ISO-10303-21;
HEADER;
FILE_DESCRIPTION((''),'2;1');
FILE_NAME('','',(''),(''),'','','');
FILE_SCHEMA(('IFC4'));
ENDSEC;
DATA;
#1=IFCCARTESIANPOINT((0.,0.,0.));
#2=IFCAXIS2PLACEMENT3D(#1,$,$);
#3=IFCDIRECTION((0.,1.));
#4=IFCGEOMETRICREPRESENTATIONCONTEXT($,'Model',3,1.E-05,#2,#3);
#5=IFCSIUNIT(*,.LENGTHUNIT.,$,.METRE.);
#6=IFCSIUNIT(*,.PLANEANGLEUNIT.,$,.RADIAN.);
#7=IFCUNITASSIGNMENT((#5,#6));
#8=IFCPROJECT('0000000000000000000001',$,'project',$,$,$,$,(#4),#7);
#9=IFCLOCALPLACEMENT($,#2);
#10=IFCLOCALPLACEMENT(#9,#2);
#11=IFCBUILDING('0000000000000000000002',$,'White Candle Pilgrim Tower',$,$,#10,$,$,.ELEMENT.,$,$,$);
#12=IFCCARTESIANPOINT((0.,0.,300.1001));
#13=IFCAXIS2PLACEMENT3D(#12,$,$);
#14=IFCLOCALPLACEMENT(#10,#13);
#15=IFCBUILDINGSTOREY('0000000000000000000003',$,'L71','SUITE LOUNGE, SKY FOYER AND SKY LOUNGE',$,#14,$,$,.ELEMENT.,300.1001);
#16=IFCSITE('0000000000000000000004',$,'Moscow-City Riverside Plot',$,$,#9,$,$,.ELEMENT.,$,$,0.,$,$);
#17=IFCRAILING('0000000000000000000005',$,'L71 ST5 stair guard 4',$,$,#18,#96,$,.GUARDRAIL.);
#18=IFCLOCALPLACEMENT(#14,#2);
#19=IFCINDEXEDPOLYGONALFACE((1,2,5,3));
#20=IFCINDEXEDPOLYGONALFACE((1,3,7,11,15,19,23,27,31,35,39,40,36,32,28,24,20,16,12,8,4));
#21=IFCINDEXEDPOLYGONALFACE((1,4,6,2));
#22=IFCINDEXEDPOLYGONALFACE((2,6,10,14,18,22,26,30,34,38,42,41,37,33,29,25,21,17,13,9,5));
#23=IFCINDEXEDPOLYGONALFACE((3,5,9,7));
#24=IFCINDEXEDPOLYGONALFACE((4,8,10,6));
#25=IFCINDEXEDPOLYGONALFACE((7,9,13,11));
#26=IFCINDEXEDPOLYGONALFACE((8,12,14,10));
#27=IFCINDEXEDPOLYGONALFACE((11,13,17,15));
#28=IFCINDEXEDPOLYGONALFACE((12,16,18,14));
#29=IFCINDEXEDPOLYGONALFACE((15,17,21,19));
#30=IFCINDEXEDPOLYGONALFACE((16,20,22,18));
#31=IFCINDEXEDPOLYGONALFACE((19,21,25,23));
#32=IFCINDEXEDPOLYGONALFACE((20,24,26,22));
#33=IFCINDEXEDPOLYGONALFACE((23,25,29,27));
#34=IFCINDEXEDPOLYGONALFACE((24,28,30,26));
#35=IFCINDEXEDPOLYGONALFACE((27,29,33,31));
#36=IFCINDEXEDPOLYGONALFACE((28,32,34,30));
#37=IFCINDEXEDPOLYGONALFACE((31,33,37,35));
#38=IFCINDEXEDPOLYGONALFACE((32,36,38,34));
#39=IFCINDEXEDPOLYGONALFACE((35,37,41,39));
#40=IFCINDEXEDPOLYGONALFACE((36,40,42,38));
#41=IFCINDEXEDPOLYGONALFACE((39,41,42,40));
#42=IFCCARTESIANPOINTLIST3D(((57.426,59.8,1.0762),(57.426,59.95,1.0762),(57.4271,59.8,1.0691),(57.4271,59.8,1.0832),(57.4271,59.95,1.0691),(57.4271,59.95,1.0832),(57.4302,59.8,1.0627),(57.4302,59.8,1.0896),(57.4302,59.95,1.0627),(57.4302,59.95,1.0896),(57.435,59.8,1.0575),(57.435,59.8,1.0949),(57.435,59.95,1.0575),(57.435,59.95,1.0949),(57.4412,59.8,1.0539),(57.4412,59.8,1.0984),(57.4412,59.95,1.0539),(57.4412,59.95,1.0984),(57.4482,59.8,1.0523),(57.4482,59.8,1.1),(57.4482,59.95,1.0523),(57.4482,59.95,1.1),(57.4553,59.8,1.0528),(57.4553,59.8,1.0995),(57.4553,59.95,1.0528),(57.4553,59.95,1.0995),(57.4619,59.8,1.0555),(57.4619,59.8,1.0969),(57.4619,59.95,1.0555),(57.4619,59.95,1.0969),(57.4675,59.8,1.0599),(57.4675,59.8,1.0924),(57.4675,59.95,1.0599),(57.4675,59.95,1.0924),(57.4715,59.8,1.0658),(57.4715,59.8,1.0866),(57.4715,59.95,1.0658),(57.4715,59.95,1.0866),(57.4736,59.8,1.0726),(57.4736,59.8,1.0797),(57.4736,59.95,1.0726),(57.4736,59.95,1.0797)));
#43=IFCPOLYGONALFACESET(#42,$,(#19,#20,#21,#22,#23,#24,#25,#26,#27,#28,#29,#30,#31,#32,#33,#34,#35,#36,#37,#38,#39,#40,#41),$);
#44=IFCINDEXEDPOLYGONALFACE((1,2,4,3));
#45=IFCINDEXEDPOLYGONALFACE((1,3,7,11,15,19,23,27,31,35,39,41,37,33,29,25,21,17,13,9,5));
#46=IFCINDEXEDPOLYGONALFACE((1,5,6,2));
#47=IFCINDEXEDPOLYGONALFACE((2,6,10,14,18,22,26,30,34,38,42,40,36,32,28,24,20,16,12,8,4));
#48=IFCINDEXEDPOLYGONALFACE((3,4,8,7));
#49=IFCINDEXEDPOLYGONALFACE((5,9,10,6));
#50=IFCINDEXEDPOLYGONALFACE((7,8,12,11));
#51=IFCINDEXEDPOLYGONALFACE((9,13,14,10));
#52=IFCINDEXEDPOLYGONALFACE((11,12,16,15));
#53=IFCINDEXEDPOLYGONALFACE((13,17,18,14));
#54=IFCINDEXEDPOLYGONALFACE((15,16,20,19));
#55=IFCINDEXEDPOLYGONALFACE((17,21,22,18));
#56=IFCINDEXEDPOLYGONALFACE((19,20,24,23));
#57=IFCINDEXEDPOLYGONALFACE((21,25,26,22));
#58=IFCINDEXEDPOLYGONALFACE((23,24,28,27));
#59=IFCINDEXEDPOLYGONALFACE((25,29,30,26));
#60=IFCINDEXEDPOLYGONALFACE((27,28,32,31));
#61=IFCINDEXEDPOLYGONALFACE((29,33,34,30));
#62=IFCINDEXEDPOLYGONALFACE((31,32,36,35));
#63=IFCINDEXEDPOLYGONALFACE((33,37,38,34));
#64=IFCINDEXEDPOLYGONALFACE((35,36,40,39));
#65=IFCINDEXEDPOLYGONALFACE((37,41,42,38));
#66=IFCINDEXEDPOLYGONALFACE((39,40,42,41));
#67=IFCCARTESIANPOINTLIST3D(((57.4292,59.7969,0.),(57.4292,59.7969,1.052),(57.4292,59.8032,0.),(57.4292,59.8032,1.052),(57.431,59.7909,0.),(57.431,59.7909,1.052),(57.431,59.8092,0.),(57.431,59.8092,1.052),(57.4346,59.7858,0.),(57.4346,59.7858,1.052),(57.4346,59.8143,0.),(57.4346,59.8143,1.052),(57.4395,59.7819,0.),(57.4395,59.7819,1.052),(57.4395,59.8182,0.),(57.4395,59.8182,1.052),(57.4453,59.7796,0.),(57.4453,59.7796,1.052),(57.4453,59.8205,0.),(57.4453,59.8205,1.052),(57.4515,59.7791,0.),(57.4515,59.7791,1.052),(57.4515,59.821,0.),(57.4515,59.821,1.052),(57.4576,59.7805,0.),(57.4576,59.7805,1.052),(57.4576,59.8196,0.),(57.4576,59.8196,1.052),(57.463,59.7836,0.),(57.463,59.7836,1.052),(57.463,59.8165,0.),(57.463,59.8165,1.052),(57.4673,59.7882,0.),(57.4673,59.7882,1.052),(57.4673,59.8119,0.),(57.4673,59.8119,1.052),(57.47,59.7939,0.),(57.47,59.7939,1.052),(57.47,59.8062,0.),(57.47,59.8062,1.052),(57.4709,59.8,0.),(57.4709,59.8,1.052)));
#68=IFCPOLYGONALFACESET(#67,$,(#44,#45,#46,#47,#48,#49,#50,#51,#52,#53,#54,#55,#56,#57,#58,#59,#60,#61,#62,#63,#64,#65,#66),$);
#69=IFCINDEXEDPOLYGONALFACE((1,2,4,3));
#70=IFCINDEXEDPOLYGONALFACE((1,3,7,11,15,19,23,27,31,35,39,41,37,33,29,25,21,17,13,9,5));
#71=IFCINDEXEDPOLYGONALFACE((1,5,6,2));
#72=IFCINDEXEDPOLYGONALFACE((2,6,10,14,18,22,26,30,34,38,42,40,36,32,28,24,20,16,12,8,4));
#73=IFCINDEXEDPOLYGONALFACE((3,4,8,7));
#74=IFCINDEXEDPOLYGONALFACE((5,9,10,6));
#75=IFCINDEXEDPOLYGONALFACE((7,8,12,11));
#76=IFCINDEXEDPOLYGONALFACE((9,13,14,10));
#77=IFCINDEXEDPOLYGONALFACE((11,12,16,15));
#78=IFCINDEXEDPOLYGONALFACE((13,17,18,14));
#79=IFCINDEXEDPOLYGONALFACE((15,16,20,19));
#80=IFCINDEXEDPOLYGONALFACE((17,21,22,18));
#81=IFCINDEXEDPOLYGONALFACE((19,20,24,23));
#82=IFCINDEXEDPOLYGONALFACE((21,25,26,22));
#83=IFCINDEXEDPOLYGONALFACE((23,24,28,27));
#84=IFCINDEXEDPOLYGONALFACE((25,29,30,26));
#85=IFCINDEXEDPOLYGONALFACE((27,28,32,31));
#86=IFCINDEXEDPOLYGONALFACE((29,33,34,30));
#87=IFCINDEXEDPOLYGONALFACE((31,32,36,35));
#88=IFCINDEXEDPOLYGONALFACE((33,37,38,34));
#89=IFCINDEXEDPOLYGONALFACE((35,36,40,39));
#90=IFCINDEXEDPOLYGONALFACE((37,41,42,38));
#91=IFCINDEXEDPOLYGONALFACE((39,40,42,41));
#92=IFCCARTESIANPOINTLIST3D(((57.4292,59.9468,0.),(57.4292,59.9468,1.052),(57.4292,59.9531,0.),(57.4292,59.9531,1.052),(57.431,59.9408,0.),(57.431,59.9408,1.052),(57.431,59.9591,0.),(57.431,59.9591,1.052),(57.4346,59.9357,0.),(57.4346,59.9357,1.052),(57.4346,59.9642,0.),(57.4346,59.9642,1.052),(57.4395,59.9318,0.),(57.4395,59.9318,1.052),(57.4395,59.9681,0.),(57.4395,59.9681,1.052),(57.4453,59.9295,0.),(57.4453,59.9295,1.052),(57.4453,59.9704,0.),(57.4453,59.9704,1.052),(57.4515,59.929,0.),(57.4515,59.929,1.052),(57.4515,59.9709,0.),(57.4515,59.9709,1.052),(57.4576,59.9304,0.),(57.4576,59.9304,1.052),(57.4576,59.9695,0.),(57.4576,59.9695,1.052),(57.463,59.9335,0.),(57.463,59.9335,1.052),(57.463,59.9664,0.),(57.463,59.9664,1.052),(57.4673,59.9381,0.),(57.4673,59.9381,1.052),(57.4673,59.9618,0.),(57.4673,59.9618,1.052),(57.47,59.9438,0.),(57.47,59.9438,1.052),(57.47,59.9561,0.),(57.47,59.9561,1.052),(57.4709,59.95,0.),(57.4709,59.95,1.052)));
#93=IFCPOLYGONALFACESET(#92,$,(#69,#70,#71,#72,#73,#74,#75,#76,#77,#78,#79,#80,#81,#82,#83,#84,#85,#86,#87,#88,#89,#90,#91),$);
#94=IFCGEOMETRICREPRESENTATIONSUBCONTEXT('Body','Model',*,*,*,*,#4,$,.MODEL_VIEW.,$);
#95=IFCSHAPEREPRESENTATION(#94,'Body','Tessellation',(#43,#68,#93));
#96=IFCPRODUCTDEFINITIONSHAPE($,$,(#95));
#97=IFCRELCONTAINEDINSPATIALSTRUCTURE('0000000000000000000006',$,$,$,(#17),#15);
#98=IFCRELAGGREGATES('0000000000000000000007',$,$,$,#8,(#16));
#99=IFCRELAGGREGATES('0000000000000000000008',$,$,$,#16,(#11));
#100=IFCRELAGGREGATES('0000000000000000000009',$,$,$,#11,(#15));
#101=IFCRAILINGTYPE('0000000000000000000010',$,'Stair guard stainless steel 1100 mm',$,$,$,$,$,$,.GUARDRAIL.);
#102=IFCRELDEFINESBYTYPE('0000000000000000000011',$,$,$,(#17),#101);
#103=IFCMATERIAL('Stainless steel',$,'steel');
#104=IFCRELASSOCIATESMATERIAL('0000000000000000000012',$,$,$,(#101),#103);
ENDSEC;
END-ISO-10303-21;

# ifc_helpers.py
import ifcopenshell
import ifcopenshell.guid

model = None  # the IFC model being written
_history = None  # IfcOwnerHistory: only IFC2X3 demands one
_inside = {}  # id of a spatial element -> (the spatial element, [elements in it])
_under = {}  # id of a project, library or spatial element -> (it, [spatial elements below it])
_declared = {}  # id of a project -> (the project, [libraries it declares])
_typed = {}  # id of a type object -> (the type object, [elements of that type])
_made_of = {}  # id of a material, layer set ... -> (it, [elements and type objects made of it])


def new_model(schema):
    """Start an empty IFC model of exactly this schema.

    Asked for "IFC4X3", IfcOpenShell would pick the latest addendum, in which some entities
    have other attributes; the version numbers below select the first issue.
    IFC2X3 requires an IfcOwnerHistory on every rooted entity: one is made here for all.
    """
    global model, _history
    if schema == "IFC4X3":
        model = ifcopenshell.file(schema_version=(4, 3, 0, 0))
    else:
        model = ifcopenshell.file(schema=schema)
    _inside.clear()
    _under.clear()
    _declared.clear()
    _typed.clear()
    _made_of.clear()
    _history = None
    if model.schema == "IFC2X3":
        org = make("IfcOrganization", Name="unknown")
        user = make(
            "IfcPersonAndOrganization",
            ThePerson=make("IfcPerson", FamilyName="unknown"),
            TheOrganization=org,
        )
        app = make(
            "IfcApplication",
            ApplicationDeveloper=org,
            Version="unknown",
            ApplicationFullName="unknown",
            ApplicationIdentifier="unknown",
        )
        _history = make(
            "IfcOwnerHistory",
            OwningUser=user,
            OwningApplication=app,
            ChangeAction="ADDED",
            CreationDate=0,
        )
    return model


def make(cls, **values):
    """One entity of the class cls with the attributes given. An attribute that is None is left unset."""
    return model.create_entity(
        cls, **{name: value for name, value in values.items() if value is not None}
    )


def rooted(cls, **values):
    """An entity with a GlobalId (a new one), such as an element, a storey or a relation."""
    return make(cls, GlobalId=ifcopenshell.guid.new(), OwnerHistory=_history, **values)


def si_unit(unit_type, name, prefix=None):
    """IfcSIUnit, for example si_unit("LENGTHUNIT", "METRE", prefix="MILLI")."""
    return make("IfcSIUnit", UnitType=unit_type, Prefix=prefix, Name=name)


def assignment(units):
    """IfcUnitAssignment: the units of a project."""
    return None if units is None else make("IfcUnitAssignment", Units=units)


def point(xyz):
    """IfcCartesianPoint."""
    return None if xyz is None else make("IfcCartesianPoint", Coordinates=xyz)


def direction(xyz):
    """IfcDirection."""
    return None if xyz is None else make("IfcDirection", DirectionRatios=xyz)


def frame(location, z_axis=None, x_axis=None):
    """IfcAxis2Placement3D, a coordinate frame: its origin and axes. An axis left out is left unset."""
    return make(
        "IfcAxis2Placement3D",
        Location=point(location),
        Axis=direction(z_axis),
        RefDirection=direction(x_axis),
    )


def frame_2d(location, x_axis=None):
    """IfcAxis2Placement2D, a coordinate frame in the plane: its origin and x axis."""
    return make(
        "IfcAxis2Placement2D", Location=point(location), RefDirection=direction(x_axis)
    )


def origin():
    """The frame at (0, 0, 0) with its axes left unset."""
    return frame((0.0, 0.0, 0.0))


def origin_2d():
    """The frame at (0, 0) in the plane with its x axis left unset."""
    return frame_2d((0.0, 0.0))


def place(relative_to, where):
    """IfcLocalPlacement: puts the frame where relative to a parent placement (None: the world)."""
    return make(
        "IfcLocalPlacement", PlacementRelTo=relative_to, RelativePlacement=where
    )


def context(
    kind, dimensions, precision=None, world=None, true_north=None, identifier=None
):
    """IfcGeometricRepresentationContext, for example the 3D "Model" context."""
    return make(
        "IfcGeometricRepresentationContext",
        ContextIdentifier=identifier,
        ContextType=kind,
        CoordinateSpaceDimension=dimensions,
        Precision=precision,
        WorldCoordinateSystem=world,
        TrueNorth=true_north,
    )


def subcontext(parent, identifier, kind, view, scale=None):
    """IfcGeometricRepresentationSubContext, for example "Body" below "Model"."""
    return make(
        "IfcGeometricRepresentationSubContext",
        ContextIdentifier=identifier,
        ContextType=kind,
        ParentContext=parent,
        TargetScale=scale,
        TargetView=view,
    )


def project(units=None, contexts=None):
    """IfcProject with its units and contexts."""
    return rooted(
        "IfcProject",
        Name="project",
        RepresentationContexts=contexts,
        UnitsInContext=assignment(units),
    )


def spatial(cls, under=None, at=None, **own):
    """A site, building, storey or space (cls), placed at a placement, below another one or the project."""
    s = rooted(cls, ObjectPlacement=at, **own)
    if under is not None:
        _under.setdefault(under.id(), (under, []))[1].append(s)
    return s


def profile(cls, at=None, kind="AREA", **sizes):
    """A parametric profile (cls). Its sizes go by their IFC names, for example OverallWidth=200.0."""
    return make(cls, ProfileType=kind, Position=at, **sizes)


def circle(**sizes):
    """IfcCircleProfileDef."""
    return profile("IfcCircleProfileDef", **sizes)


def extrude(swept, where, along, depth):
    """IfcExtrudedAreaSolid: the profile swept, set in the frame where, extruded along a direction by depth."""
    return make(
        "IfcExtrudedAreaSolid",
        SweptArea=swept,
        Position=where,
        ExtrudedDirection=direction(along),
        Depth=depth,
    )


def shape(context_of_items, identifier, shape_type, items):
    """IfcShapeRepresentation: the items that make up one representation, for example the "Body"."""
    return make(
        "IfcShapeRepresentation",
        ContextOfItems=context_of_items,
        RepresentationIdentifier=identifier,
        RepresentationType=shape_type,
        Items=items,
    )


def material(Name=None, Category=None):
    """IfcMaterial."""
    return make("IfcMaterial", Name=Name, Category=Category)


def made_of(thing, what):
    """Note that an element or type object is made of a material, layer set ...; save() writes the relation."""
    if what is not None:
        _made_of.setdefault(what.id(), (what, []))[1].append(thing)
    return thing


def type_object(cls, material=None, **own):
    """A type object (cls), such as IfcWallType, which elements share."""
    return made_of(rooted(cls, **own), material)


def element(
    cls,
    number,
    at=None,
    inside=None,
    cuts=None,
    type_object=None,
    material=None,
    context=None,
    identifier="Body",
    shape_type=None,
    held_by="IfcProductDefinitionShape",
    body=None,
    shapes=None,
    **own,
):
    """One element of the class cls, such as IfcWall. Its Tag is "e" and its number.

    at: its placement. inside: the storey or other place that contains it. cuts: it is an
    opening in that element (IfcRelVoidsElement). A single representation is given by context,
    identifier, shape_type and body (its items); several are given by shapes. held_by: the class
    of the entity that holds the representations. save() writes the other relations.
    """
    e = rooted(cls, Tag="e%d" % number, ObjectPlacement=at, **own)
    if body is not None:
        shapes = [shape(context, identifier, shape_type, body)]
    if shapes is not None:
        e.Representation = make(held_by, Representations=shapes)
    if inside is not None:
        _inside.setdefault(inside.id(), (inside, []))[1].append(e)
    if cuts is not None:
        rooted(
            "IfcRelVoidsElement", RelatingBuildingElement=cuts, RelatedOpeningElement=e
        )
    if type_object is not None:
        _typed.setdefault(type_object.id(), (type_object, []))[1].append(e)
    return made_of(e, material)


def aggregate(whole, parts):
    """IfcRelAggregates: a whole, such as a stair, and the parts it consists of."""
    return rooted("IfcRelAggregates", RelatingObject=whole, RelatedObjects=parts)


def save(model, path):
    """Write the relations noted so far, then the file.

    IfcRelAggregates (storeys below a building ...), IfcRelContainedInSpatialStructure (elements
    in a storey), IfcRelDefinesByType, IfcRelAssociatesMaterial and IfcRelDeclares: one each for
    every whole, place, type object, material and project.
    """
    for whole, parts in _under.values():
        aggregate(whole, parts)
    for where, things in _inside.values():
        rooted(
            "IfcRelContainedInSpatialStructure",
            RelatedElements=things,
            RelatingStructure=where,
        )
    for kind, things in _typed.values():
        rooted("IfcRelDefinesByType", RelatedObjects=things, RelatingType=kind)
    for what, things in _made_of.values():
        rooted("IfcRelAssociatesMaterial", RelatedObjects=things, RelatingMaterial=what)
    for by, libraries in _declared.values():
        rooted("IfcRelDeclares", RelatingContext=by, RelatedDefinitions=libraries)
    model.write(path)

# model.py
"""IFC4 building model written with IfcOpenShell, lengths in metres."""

from ifc_helpers import new_model, si_unit, direction, frame, origin, origin_2d, place, context, subcontext, project, spatial, circle, extrude, material, type_object, element, save


model = new_model("IFC4")

# Units and contexts
model_context = context("Model", 3, precision=1e-05, world=origin(), true_north=direction((0.0, 1.0)))
body_context = subcontext(model_context, "Body", "Model", "MODEL_VIEW")
ifc_project = project(units=[si_unit("LENGTHUNIT", "METRE"), si_unit("PLANEANGLEUNIT", "RADIAN")], contexts=[model_context])

# Site, building, storey
site_placement = place(None, origin())
site = spatial("IfcSite", under=ifc_project, at=site_placement, Name="Moscow-City Riverside Plot", CompositionType="ELEMENT", RefElevation=0.0)
building_placement = place(site_placement, origin())
building = spatial("IfcBuilding", under=site, at=building_placement, Name="White Candle Pilgrim Tower", CompositionType="ELEMENT")
storey_placement = place(building_placement, frame((0.0, 0.0, 300.1001)))
storey = spatial("IfcBuildingStorey", under=building, at=storey_placement, Name="L71", Description="SUITE LOUNGE, SKY FOYER AND SKY LOUNGE", CompositionType="ELEMENT", Elevation=300.1001)

# Railing
ifc_material_1 = material(Name="Stainless steel", Category="steel")
railing_type_1 = type_object("IfcRailingType", Name="Stair guard stainless steel 1100 mm", PredefinedType="GUARDRAIL", material=ifc_material_1)
railing_1_placement = place(storey_placement, frame((57.45, 59.8, 0.0)))
element("IfcRailing", 1, at=railing_1_placement, inside=storey, type_object=railing_type_1, Name="L71 ST5 stair guard 4", PredefinedType="GUARDRAIL", context=body_context, shape_type="SweptSolid", body=[
    extrude(circle(Radius=0.0239, at=origin_2d()), frame((0.0, 0.0, 1.0762), z_axis=(0.0, 1.0, 0.0), x_axis=(-1.0, 0.0, 0.0)), (0.0, 0.0, 1.0), 0.1499),
    extrude(circle(Radius=0.021, at=origin_2d()), origin(), (0.0, 0.0, 1.0), 1.052),
    extrude(circle(Radius=0.021, at=origin_2d()), frame((0.0, 0.1499, 0.0)), (0.0, 0.0, 1.0), 1.052),
])

save(model, "model.ifc")
